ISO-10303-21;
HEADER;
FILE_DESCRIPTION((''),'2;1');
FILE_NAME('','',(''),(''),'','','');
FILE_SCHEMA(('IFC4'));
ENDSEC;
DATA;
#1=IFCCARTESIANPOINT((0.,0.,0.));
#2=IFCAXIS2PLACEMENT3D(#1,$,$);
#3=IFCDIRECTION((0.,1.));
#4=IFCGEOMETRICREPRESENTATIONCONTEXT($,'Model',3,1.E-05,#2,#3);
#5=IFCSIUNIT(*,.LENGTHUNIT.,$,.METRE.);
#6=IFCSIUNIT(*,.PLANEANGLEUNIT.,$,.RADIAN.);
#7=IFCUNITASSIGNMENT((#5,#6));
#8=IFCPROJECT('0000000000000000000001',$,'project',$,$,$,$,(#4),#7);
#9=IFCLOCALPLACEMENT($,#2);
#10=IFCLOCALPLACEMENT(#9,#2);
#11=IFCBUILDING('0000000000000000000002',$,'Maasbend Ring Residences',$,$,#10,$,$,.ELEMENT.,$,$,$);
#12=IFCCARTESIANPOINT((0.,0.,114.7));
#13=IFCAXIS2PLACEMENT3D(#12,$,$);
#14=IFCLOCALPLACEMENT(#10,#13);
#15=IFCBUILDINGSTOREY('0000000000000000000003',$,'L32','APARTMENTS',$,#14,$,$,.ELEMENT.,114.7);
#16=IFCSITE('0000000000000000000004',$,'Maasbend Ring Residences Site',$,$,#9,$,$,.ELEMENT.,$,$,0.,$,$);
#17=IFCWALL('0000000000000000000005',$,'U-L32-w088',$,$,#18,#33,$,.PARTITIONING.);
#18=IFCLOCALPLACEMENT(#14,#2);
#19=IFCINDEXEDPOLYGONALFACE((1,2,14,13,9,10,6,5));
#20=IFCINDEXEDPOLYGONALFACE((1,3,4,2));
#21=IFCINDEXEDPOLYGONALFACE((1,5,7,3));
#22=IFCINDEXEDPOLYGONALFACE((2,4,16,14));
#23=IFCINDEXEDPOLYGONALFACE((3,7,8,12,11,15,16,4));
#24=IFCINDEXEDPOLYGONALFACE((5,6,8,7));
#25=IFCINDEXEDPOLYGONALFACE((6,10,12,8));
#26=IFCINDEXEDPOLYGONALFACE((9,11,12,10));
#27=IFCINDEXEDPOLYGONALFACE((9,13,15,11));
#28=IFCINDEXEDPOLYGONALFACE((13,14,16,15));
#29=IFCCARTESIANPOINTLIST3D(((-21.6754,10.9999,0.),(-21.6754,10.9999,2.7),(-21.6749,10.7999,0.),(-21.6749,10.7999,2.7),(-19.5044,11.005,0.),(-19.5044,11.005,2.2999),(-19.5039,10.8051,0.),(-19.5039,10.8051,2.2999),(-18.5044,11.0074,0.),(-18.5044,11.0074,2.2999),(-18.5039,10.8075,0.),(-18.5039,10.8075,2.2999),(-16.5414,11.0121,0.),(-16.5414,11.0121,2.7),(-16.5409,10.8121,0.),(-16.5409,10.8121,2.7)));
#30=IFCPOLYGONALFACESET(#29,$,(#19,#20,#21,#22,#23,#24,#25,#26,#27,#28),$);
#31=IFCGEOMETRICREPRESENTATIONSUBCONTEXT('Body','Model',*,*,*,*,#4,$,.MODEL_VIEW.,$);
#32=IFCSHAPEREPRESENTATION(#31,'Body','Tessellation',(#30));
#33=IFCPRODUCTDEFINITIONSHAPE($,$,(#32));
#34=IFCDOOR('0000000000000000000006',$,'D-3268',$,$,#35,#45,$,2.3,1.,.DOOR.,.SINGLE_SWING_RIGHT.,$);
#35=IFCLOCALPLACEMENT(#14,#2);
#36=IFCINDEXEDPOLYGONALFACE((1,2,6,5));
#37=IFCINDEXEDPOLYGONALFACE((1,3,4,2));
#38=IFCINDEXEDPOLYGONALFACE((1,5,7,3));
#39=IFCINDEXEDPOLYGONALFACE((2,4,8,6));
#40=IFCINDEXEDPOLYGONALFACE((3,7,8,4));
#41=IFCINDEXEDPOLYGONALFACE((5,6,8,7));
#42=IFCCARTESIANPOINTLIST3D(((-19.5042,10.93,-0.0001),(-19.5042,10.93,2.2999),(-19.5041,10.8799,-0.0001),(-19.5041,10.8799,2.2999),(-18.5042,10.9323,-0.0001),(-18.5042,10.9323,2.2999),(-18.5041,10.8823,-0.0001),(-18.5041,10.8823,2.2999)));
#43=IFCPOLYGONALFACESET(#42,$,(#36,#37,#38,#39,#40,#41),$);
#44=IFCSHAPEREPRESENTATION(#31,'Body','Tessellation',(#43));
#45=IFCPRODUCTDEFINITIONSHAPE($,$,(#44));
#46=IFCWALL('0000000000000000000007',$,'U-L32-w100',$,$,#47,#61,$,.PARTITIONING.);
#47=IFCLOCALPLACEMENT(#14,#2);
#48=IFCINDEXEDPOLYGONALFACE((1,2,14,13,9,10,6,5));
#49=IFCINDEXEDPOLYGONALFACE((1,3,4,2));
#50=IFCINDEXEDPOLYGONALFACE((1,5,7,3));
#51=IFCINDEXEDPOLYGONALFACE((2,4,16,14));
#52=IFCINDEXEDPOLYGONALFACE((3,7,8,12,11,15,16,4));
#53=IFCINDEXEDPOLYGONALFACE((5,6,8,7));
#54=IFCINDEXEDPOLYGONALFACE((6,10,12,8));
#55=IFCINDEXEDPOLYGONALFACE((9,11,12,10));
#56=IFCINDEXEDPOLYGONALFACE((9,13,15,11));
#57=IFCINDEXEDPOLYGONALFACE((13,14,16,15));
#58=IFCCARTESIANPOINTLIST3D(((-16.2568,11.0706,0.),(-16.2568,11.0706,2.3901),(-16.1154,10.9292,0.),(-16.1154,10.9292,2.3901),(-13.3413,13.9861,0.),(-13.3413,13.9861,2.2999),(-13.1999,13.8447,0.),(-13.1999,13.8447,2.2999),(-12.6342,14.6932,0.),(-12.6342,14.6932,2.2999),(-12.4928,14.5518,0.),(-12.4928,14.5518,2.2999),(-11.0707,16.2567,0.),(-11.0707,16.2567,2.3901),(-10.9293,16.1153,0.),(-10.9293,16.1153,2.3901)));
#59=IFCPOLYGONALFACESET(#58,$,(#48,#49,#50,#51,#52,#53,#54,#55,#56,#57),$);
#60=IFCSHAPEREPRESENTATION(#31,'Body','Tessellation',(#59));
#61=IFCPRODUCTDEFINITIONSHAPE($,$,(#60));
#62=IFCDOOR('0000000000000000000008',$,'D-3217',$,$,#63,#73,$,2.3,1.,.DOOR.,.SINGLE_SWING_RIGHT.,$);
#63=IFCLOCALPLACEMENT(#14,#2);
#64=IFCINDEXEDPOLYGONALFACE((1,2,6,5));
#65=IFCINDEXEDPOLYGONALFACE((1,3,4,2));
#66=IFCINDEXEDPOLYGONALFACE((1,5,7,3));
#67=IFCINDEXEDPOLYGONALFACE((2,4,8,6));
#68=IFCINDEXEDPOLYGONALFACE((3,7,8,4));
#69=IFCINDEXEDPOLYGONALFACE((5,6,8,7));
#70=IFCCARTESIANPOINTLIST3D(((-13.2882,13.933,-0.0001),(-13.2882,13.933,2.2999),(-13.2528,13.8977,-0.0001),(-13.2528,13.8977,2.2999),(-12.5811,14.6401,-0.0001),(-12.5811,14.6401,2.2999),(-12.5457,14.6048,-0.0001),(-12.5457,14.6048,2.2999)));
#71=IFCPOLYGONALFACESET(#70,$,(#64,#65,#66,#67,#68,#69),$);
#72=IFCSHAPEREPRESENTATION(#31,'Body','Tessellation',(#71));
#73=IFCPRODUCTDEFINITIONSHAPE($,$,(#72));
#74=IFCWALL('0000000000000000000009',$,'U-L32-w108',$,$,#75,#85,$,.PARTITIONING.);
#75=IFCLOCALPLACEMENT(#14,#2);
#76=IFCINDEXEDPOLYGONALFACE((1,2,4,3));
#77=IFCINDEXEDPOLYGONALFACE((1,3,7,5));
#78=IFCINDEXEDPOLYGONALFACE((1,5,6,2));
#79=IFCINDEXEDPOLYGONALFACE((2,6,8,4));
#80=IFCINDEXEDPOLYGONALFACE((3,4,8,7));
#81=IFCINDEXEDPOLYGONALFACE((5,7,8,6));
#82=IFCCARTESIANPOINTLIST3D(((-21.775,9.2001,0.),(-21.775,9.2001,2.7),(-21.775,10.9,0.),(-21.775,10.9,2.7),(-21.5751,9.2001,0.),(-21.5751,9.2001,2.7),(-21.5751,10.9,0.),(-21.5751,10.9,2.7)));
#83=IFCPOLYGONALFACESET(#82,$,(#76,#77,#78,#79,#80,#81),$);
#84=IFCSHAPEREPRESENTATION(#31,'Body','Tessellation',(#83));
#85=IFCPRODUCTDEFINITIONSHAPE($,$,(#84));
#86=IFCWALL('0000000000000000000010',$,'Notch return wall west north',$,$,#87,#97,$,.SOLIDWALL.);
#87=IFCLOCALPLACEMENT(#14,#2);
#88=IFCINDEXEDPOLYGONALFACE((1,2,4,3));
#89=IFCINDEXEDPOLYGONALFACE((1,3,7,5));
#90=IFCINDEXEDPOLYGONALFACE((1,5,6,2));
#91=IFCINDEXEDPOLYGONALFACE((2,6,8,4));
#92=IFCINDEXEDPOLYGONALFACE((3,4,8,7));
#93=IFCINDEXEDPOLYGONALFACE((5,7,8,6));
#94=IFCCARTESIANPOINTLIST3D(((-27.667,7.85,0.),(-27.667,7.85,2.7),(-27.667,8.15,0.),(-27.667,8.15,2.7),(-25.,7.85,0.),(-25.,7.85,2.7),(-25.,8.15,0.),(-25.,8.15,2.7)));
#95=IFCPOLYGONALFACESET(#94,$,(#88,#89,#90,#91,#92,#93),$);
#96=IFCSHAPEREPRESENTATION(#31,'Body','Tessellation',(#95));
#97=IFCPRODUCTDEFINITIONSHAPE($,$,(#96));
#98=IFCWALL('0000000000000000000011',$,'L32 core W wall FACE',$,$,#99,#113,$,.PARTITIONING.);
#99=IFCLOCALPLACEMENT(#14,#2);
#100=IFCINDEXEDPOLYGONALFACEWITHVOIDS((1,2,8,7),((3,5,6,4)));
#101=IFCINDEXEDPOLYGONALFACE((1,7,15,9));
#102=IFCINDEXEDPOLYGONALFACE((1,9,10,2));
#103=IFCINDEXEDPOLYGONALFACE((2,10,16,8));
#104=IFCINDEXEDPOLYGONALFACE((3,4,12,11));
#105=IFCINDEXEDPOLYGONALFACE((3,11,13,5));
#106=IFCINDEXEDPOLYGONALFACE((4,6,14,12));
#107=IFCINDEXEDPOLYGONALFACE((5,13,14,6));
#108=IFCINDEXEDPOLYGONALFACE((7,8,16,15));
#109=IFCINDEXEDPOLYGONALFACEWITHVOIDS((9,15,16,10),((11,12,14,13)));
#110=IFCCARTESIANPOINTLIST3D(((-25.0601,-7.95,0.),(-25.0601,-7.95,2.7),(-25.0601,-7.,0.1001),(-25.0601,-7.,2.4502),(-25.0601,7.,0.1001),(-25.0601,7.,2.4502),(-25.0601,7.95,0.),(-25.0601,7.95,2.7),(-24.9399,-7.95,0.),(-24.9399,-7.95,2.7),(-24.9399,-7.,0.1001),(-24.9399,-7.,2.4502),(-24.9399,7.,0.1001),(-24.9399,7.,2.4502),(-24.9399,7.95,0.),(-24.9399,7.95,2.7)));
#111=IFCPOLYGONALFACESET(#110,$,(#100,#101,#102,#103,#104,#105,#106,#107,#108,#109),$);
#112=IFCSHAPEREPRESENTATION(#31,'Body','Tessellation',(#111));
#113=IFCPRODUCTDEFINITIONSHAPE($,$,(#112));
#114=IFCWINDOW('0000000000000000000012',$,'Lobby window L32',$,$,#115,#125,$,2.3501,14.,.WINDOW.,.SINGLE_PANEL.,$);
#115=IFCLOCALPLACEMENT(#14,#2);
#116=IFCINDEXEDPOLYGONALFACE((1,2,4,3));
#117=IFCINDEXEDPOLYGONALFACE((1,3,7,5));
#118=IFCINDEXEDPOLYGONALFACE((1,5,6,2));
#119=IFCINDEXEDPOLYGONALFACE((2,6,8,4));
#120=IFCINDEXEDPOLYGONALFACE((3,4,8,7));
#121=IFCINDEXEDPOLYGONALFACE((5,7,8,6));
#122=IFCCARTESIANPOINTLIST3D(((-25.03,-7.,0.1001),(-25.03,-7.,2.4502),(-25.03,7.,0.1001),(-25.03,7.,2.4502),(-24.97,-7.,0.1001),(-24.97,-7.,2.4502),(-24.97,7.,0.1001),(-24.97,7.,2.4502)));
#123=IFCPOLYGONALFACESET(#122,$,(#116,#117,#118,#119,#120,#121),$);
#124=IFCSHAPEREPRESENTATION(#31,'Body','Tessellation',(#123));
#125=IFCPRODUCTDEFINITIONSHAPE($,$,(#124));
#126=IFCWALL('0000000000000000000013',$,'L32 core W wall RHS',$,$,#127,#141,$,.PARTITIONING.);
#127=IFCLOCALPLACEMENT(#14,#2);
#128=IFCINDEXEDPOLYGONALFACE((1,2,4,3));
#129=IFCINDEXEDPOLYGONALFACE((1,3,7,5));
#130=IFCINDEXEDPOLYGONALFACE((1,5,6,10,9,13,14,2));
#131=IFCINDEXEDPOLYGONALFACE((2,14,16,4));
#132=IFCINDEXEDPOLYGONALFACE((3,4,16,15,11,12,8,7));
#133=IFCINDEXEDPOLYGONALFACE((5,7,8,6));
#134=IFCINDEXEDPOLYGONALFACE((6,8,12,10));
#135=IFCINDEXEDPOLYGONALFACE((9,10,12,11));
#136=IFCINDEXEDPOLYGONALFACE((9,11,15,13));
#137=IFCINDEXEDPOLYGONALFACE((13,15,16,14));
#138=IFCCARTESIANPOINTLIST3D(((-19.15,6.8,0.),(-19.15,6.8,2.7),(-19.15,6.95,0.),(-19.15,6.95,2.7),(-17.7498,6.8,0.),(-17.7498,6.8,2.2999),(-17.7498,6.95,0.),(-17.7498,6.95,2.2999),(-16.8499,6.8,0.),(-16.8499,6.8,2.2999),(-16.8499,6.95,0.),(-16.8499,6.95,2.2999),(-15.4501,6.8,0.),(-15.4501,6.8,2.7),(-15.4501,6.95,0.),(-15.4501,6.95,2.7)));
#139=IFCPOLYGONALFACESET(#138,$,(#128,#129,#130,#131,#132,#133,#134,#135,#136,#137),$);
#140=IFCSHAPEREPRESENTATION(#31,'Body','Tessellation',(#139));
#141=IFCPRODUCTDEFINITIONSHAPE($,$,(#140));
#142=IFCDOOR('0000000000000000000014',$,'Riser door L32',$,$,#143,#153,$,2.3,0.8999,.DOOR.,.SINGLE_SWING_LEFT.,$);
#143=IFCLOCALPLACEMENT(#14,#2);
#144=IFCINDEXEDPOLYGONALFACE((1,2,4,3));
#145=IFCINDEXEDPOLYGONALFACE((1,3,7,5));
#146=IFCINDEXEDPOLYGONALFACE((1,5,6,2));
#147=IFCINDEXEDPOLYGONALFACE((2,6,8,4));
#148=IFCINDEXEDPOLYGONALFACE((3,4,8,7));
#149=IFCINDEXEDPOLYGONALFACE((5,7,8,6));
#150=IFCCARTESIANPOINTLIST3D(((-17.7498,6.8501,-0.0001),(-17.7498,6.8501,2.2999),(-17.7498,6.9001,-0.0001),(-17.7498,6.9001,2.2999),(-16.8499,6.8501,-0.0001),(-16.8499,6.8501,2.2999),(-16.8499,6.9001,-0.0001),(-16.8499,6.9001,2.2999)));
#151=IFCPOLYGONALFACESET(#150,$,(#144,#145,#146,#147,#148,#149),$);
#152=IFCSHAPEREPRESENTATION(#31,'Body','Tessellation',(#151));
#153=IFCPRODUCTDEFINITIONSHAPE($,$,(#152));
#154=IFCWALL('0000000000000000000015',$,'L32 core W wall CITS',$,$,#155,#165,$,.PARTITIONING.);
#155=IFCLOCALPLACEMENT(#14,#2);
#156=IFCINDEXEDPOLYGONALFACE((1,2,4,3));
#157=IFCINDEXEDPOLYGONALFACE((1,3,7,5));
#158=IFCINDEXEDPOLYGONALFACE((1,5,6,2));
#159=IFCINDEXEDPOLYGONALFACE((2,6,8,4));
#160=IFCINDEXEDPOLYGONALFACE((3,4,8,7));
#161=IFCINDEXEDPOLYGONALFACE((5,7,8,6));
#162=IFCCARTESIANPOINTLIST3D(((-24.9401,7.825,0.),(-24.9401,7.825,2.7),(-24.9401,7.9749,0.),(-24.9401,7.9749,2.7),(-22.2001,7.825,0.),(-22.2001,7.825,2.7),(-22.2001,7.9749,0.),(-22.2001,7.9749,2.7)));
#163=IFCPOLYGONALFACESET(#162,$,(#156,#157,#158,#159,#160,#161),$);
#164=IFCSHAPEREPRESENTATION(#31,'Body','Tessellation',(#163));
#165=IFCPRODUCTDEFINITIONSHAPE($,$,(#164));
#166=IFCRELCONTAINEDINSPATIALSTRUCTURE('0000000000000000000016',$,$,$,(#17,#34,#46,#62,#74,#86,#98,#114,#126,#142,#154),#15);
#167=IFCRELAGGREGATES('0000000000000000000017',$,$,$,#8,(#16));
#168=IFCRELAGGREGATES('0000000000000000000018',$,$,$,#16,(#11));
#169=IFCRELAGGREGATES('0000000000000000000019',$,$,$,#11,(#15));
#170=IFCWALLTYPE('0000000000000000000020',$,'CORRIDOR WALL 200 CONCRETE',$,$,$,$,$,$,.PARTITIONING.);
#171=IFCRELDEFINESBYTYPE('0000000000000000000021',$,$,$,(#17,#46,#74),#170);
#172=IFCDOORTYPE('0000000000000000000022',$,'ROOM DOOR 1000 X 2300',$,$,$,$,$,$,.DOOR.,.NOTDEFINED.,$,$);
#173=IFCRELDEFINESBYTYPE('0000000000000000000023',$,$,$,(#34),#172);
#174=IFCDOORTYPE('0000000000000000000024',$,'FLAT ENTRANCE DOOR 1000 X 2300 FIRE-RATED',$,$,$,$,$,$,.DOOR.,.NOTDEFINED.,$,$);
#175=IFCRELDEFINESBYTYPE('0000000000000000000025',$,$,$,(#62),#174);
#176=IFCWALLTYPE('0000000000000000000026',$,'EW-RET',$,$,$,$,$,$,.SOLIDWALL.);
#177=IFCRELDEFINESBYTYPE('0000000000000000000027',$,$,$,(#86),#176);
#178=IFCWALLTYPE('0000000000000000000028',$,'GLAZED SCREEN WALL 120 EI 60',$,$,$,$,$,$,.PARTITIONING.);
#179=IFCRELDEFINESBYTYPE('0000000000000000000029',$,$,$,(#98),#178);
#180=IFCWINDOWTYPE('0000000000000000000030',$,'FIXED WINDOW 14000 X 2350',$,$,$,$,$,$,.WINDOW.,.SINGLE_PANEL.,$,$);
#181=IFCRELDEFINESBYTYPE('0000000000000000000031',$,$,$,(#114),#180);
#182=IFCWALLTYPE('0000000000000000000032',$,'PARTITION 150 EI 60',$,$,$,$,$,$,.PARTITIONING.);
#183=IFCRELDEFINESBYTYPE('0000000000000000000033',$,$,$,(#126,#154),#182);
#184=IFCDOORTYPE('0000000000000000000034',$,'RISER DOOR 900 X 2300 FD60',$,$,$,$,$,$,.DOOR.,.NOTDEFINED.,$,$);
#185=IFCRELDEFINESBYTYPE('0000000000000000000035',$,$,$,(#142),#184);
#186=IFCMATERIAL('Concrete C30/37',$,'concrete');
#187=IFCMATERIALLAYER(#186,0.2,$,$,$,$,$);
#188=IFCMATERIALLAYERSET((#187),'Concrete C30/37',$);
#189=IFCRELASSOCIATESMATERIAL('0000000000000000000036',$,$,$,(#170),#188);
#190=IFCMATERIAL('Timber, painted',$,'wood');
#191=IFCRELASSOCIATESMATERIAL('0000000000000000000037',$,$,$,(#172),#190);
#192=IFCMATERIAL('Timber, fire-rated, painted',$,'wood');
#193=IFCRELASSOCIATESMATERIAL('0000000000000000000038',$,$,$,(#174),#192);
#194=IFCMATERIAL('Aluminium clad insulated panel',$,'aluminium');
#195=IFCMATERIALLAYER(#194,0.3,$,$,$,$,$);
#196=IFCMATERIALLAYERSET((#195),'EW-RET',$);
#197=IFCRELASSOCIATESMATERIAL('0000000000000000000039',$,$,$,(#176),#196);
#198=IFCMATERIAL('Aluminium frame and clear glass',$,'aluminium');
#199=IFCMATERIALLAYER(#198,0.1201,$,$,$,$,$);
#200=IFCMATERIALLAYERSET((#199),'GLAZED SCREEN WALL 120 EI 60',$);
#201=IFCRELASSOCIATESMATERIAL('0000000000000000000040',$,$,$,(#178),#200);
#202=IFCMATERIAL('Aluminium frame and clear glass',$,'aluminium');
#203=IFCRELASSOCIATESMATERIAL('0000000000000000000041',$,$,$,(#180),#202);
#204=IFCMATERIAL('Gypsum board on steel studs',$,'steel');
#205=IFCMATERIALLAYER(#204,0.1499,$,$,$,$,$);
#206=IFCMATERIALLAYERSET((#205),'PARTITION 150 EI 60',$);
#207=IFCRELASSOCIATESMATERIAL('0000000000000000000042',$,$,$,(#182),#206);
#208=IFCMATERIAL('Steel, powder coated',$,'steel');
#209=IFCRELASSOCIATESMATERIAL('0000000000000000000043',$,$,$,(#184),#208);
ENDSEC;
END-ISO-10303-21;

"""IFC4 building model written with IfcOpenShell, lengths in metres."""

from ifc_helpers import new_model, si_unit, direction, frame, frame_2d, origin, place, context, subcontext, project, spatial, rectangle, extrude, material, layer, layer_set, type_object, element, fill, save


model = new_model("IFC4")

# Units and contexts
model_context = context("Model", 3, precision=1e-05, world=origin(), true_north=direction((0.0, 1.0)))
body_context = subcontext(model_context, "Body", "Model", "MODEL_VIEW")
ifc_project = project(units=[si_unit("LENGTHUNIT", "METRE"), si_unit("PLANEANGLEUNIT", "RADIAN")], contexts=[model_context])

# Site, building, storey
site_placement = place(None, origin())
site = spatial("IfcSite", under=ifc_project, at=site_placement, Name="Maasbend Ring Residences Site", CompositionType="ELEMENT", RefElevation=0.0)
building_placement = place(site_placement, origin())
building = spatial("IfcBuilding", under=site, at=building_placement, Name="Maasbend Ring Residences", CompositionType="ELEMENT")
storey_placement = place(building_placement, frame((0.0, 0.0, 114.7)))
storey = spatial("IfcBuildingStorey", under=building, at=storey_placement, Name="L32", Description="APARTMENTS", CompositionType="ELEMENT", Elevation=114.7)

# Walls, openings, doors
ifc_material_1 = material(Name="Concrete C30/37", Category="concrete")
ifc_layer_1 = layer(ifc_material_1, 0.2)
ifc_layer_set_1 = layer_set([ifc_layer_1], Name="Concrete C30/37")
wall_type_1 = type_object("IfcWallType", Name="CORRIDOR WALL 200 CONCRETE", PredefinedType="PARTITIONING", material=ifc_layer_set_1)
wall_1_placement = place(storey_placement, frame((-21.675, 10.8999, 0.0), z_axis=(0.0, 0.0, 1.0), x_axis=(0.999997, 0.002378, 0.0)))
wall_1 = element("IfcWall", 1, at=wall_1_placement, inside=storey, type_object=wall_type_1, Name="U-L32-w088", PredefinedType="PARTITIONING", context=body_context, shape_type="SweptSolid", body=[
    extrude(rectangle(XDim=5.134, YDim=0.2, at=frame_2d((2.5669, 0.0))), origin(), (0.0, 0.0, 1.0), 2.7),
])
opening_1_placement = place(wall_1_placement, frame((2.1709, 0.0, 0.0)))
opening_1 = element("IfcOpeningElement", 2, at=opening_1_placement, cuts=wall_1, PredefinedType="OPENING", context=body_context, shape_type="SweptSolid", body=[
    extrude(rectangle(XDim=1.0, YDim=2.3, at=frame_2d((0.5, 1.1499))), frame((0.0, 0.1099, 0.0), z_axis=(0.0, -1.0, 0.0), x_axis=(1.0, 0.0, 0.0)), (0.0, 0.0, 1.0), 0.22),
])
ifc_material_2 = material(Name="Timber, painted", Category="wood")
door_type_1 = type_object("IfcDoorType", Name="ROOM DOOR 1000 X 2300", OperationType="NOTDEFINED", PredefinedType="DOOR", material=ifc_material_2)
door_1_placement = place(opening_1_placement, origin())
door_1 = element("IfcDoor", 3, at=door_1_placement, inside=storey, type_object=door_type_1, Name="D-3268", OperationType="SINGLE_SWING_RIGHT", OverallHeight=2.3, OverallWidth=1.0, PredefinedType="DOOR", context=body_context, shape_type="SweptSolid", body=[
    extrude(rectangle(XDim=1.0, YDim=2.3, at=frame_2d((0.5, 1.1499))), frame((0.0, 0.0249, 0.0), z_axis=(0.0, -1.0, 0.0), x_axis=(1.0, 0.0, 0.0)), (0.0, 0.0, 1.0), 0.05),
])
fill(opening_1, door_1)
wall_2_placement = place(storey_placement, frame((-16.186, 11.0, 0.0), z_axis=(0.0, 0.0, 1.0), x_axis=(0.707107, 0.707107, 0.0)))
wall_2 = element("IfcWall", 4, at=wall_2_placement, inside=storey, type_object=wall_type_1, Name="U-L32-w100", PredefinedType="PARTITIONING", context=body_context, shape_type="SweptSolid", body=[
    extrude(rectangle(XDim=7.3342, YDim=0.2, at=frame_2d((3.667, 0.0))), origin(), (0.0, 0.0, 1.0), 2.3901),
])
opening_2_placement = place(wall_2_placement, frame((4.123, 0.0, 0.0)))
opening_2 = element("IfcOpeningElement", 5, at=opening_2_placement, cuts=wall_2, PredefinedType="OPENING", context=body_context, shape_type="SweptSolid", body=[
    extrude(rectangle(XDim=1.0, YDim=2.3, at=frame_2d((0.5, 1.1499))), frame((0.0, 0.1099, 0.0), z_axis=(0.0, -1.0, 0.0), x_axis=(1.0, 0.0, 0.0)), (0.0, 0.0, 1.0), 0.22),
])
ifc_material_3 = material(Name="Timber, fire-rated, painted", Category="wood")
door_type_2 = type_object("IfcDoorType", Name="FLAT ENTRANCE DOOR 1000 X 2300 FIRE-RATED", OperationType="NOTDEFINED", PredefinedType="DOOR", material=ifc_material_3)
door_2_placement = place(opening_2_placement, origin())
door_2 = element("IfcDoor", 6, at=door_2_placement, inside=storey, type_object=door_type_2, Name="D-3217", OperationType="SINGLE_SWING_RIGHT", OverallHeight=2.3, OverallWidth=1.0, PredefinedType="DOOR", context=body_context, shape_type="SweptSolid", body=[
    extrude(rectangle(XDim=1.0, YDim=2.3, at=frame_2d((0.5, 1.1499))), frame((0.0, 0.0249, 0.0), z_axis=(0.0, -1.0, 0.0), x_axis=(1.0, 0.0, 0.0)), (0.0, 0.0, 1.0), 0.05),
])
fill(opening_2, door_2)

# Walls
wall_3_placement = place(storey_placement, frame((-21.675, 9.2, 0.0), z_axis=(0.0, 0.0, 1.0), x_axis=(0.0, 1.0, 0.0)))
element("IfcWall", 7, at=wall_3_placement, inside=storey, type_object=wall_type_1, Name="U-L32-w108", PredefinedType="PARTITIONING", context=body_context, shape_type="SweptSolid", body=[
    extrude(rectangle(XDim=1.7, YDim=0.2, at=frame_2d((0.8501, 0.0))), origin(), (0.0, 0.0, 1.0), 2.7),
])
ifc_material_4 = material(Name="Aluminium clad insulated panel", Category="aluminium")
ifc_layer_2 = layer(ifc_material_4, 0.3)
ifc_layer_set_2 = layer_set([ifc_layer_2], Name="EW-RET")
wall_type_2 = type_object("IfcWallType", Name="EW-RET", PredefinedType="SOLIDWALL", material=ifc_layer_set_2)
wall_4_placement = place(storey_placement, frame((-25.0, 8.0, 0.0), z_axis=(0.0, 0.0, 1.0), x_axis=(-1.0, 0.0, 0.0)))
element("IfcWall", 8, at=wall_4_placement, inside=storey, type_object=wall_type_2, Name="Notch return wall west north", PredefinedType="SOLIDWALL", context=body_context, shape_type="SweptSolid", body=[
    extrude(rectangle(XDim=2.667, YDim=0.3, at=frame_2d((1.3335, 0.0))), origin(), (0.0, 0.0, 1.0), 2.7),
])

# Wall, opening, window
ifc_material_5 = material(Name="Aluminium frame and clear glass", Category="aluminium")
ifc_layer_3 = layer(ifc_material_5, 0.1201)
ifc_layer_set_3 = layer_set([ifc_layer_3], Name="GLAZED SCREEN WALL 120 EI 60")
wall_type_3 = type_object("IfcWallType", Name="GLAZED SCREEN WALL 120 EI 60", PredefinedType="PARTITIONING", material=ifc_layer_set_3)
wall_5_placement = place(storey_placement, frame((-25.0, 7.95, 0.0), z_axis=(0.0, 0.0, 1.0), x_axis=(0.0, -1.0, 0.0)))
wall_5 = element("IfcWall", 9, at=wall_5_placement, inside=storey, type_object=wall_type_3, Name="L32 core W wall FACE", PredefinedType="PARTITIONING", context=body_context, shape_type="SweptSolid", body=[
    extrude(rectangle(XDim=15.8999, YDim=0.1201, at=frame_2d((7.95, 0.0))), origin(), (0.0, 0.0, 1.0), 2.7),
])
opening_3_placement = place(wall_5_placement, frame((0.95, 0.0, 0.1001)))
opening_3 = element("IfcOpeningElement", 10, at=opening_3_placement, cuts=wall_5, PredefinedType="OPENING", context=body_context, shape_type="SweptSolid", body=[
    extrude(rectangle(XDim=14.0, YDim=2.3501, at=frame_2d((7.0, 1.175))), frame((0.0, 0.0701, 0.0), z_axis=(0.0, -1.0, 0.0), x_axis=(1.0, 0.0, 0.0)), (0.0, 0.0, 1.0), 0.1401),
])
ifc_material_6 = material(Name="Aluminium frame and clear glass", Category="aluminium")
window_type = type_object("IfcWindowType", Name="FIXED WINDOW 14000 X 2350", PartitioningType="SINGLE_PANEL", PredefinedType="WINDOW", material=ifc_material_6)
window_placement = place(opening_3_placement, origin())
window = element("IfcWindow", 11, at=window_placement, inside=storey, type_object=window_type, Name="Lobby window L32", OverallHeight=2.3501, OverallWidth=14.0, PartitioningType="SINGLE_PANEL", PredefinedType="WINDOW", context=body_context, shape_type="SweptSolid", body=[
    extrude(rectangle(XDim=14.0, YDim=2.3501, at=frame_2d((7.0, 1.175))), frame((0.0, 0.03, 0.0), z_axis=(0.0, -1.0, 0.0), x_axis=(1.0, 0.0, 0.0)), (0.0, 0.0, 1.0), 0.0601),
])
fill(opening_3, window)

# Wall, opening, door
ifc_material_7 = material(Name="Gypsum board on steel studs", Category="steel")
ifc_layer_4 = layer(ifc_material_7, 0.1499)
ifc_layer_set_4 = layer_set([ifc_layer_4], Name="PARTITION 150 EI 60")
wall_type_4 = type_object("IfcWallType", Name="PARTITION 150 EI 60", PredefinedType="PARTITIONING", material=ifc_layer_set_4)
wall_6_placement = place(storey_placement, frame((-15.45, 6.875, 0.0), z_axis=(0.0, 0.0, 1.0), x_axis=(-1.0, 0.0, 0.0)))
wall_6 = element("IfcWall", 12, at=wall_6_placement, inside=storey, type_object=wall_type_4, Name="L32 core W wall RHS", PredefinedType="PARTITIONING", context=body_context, shape_type="SweptSolid", body=[
    extrude(rectangle(XDim=3.7, YDim=0.1499, at=frame_2d((1.8501, 0.0))), origin(), (0.0, 0.0, 1.0), 2.7),
])
opening_4_placement = place(wall_6_placement, frame((1.3999, 0.0, 0.0)))
opening_4 = element("IfcOpeningElement", 13, at=opening_4_placement, cuts=wall_6, PredefinedType="OPENING", context=body_context, shape_type="SweptSolid", body=[
    extrude(rectangle(XDim=0.8999, YDim=2.3, at=frame_2d((0.45, 1.1499))), frame((0.0, 0.085, 0.0), z_axis=(0.0, -1.0, 0.0), x_axis=(1.0, 0.0, 0.0)), (0.0, 0.0, 1.0), 0.1699),
])
ifc_material_8 = material(Name="Steel, powder coated", Category="steel")
door_type_3 = type_object("IfcDoorType", Name="RISER DOOR 900 X 2300 FD60", OperationType="NOTDEFINED", PredefinedType="DOOR", material=ifc_material_8)
door_3_placement = place(opening_4_placement, origin())
door_3 = element("IfcDoor", 14, at=door_3_placement, inside=storey, type_object=door_type_3, Name="Riser door L32", OperationType="SINGLE_SWING_LEFT", OverallHeight=2.3, OverallWidth=0.8999, PredefinedType="DOOR", context=body_context, shape_type="SweptSolid", body=[
    extrude(rectangle(XDim=0.8999, YDim=2.3, at=frame_2d((0.45, 1.1499))), frame((0.0, 0.0249, 0.0), z_axis=(0.0, -1.0, 0.0), x_axis=(1.0, 0.0, 0.0)), (0.0, 0.0, 1.0), 0.05),
])
fill(opening_4, door_3)

# Wall
wall_7_placement = place(storey_placement, frame((-22.2, 7.8999, 0.0), z_axis=(0.0, 0.0, 1.0), x_axis=(-1.0, 0.0, 0.0)))
element("IfcWall", 15, at=wall_7_placement, inside=storey, type_object=wall_type_4, Name="L32 core W wall CITS", PredefinedType="PARTITIONING", context=body_context, shape_type="SweptSolid", body=[
    extrude(rectangle(XDim=2.74, YDim=0.1499, at=frame_2d((1.3701, 0.0))), origin(), (0.0, 0.0, 1.0), 2.7),
])

save(model, "model.ifc")
